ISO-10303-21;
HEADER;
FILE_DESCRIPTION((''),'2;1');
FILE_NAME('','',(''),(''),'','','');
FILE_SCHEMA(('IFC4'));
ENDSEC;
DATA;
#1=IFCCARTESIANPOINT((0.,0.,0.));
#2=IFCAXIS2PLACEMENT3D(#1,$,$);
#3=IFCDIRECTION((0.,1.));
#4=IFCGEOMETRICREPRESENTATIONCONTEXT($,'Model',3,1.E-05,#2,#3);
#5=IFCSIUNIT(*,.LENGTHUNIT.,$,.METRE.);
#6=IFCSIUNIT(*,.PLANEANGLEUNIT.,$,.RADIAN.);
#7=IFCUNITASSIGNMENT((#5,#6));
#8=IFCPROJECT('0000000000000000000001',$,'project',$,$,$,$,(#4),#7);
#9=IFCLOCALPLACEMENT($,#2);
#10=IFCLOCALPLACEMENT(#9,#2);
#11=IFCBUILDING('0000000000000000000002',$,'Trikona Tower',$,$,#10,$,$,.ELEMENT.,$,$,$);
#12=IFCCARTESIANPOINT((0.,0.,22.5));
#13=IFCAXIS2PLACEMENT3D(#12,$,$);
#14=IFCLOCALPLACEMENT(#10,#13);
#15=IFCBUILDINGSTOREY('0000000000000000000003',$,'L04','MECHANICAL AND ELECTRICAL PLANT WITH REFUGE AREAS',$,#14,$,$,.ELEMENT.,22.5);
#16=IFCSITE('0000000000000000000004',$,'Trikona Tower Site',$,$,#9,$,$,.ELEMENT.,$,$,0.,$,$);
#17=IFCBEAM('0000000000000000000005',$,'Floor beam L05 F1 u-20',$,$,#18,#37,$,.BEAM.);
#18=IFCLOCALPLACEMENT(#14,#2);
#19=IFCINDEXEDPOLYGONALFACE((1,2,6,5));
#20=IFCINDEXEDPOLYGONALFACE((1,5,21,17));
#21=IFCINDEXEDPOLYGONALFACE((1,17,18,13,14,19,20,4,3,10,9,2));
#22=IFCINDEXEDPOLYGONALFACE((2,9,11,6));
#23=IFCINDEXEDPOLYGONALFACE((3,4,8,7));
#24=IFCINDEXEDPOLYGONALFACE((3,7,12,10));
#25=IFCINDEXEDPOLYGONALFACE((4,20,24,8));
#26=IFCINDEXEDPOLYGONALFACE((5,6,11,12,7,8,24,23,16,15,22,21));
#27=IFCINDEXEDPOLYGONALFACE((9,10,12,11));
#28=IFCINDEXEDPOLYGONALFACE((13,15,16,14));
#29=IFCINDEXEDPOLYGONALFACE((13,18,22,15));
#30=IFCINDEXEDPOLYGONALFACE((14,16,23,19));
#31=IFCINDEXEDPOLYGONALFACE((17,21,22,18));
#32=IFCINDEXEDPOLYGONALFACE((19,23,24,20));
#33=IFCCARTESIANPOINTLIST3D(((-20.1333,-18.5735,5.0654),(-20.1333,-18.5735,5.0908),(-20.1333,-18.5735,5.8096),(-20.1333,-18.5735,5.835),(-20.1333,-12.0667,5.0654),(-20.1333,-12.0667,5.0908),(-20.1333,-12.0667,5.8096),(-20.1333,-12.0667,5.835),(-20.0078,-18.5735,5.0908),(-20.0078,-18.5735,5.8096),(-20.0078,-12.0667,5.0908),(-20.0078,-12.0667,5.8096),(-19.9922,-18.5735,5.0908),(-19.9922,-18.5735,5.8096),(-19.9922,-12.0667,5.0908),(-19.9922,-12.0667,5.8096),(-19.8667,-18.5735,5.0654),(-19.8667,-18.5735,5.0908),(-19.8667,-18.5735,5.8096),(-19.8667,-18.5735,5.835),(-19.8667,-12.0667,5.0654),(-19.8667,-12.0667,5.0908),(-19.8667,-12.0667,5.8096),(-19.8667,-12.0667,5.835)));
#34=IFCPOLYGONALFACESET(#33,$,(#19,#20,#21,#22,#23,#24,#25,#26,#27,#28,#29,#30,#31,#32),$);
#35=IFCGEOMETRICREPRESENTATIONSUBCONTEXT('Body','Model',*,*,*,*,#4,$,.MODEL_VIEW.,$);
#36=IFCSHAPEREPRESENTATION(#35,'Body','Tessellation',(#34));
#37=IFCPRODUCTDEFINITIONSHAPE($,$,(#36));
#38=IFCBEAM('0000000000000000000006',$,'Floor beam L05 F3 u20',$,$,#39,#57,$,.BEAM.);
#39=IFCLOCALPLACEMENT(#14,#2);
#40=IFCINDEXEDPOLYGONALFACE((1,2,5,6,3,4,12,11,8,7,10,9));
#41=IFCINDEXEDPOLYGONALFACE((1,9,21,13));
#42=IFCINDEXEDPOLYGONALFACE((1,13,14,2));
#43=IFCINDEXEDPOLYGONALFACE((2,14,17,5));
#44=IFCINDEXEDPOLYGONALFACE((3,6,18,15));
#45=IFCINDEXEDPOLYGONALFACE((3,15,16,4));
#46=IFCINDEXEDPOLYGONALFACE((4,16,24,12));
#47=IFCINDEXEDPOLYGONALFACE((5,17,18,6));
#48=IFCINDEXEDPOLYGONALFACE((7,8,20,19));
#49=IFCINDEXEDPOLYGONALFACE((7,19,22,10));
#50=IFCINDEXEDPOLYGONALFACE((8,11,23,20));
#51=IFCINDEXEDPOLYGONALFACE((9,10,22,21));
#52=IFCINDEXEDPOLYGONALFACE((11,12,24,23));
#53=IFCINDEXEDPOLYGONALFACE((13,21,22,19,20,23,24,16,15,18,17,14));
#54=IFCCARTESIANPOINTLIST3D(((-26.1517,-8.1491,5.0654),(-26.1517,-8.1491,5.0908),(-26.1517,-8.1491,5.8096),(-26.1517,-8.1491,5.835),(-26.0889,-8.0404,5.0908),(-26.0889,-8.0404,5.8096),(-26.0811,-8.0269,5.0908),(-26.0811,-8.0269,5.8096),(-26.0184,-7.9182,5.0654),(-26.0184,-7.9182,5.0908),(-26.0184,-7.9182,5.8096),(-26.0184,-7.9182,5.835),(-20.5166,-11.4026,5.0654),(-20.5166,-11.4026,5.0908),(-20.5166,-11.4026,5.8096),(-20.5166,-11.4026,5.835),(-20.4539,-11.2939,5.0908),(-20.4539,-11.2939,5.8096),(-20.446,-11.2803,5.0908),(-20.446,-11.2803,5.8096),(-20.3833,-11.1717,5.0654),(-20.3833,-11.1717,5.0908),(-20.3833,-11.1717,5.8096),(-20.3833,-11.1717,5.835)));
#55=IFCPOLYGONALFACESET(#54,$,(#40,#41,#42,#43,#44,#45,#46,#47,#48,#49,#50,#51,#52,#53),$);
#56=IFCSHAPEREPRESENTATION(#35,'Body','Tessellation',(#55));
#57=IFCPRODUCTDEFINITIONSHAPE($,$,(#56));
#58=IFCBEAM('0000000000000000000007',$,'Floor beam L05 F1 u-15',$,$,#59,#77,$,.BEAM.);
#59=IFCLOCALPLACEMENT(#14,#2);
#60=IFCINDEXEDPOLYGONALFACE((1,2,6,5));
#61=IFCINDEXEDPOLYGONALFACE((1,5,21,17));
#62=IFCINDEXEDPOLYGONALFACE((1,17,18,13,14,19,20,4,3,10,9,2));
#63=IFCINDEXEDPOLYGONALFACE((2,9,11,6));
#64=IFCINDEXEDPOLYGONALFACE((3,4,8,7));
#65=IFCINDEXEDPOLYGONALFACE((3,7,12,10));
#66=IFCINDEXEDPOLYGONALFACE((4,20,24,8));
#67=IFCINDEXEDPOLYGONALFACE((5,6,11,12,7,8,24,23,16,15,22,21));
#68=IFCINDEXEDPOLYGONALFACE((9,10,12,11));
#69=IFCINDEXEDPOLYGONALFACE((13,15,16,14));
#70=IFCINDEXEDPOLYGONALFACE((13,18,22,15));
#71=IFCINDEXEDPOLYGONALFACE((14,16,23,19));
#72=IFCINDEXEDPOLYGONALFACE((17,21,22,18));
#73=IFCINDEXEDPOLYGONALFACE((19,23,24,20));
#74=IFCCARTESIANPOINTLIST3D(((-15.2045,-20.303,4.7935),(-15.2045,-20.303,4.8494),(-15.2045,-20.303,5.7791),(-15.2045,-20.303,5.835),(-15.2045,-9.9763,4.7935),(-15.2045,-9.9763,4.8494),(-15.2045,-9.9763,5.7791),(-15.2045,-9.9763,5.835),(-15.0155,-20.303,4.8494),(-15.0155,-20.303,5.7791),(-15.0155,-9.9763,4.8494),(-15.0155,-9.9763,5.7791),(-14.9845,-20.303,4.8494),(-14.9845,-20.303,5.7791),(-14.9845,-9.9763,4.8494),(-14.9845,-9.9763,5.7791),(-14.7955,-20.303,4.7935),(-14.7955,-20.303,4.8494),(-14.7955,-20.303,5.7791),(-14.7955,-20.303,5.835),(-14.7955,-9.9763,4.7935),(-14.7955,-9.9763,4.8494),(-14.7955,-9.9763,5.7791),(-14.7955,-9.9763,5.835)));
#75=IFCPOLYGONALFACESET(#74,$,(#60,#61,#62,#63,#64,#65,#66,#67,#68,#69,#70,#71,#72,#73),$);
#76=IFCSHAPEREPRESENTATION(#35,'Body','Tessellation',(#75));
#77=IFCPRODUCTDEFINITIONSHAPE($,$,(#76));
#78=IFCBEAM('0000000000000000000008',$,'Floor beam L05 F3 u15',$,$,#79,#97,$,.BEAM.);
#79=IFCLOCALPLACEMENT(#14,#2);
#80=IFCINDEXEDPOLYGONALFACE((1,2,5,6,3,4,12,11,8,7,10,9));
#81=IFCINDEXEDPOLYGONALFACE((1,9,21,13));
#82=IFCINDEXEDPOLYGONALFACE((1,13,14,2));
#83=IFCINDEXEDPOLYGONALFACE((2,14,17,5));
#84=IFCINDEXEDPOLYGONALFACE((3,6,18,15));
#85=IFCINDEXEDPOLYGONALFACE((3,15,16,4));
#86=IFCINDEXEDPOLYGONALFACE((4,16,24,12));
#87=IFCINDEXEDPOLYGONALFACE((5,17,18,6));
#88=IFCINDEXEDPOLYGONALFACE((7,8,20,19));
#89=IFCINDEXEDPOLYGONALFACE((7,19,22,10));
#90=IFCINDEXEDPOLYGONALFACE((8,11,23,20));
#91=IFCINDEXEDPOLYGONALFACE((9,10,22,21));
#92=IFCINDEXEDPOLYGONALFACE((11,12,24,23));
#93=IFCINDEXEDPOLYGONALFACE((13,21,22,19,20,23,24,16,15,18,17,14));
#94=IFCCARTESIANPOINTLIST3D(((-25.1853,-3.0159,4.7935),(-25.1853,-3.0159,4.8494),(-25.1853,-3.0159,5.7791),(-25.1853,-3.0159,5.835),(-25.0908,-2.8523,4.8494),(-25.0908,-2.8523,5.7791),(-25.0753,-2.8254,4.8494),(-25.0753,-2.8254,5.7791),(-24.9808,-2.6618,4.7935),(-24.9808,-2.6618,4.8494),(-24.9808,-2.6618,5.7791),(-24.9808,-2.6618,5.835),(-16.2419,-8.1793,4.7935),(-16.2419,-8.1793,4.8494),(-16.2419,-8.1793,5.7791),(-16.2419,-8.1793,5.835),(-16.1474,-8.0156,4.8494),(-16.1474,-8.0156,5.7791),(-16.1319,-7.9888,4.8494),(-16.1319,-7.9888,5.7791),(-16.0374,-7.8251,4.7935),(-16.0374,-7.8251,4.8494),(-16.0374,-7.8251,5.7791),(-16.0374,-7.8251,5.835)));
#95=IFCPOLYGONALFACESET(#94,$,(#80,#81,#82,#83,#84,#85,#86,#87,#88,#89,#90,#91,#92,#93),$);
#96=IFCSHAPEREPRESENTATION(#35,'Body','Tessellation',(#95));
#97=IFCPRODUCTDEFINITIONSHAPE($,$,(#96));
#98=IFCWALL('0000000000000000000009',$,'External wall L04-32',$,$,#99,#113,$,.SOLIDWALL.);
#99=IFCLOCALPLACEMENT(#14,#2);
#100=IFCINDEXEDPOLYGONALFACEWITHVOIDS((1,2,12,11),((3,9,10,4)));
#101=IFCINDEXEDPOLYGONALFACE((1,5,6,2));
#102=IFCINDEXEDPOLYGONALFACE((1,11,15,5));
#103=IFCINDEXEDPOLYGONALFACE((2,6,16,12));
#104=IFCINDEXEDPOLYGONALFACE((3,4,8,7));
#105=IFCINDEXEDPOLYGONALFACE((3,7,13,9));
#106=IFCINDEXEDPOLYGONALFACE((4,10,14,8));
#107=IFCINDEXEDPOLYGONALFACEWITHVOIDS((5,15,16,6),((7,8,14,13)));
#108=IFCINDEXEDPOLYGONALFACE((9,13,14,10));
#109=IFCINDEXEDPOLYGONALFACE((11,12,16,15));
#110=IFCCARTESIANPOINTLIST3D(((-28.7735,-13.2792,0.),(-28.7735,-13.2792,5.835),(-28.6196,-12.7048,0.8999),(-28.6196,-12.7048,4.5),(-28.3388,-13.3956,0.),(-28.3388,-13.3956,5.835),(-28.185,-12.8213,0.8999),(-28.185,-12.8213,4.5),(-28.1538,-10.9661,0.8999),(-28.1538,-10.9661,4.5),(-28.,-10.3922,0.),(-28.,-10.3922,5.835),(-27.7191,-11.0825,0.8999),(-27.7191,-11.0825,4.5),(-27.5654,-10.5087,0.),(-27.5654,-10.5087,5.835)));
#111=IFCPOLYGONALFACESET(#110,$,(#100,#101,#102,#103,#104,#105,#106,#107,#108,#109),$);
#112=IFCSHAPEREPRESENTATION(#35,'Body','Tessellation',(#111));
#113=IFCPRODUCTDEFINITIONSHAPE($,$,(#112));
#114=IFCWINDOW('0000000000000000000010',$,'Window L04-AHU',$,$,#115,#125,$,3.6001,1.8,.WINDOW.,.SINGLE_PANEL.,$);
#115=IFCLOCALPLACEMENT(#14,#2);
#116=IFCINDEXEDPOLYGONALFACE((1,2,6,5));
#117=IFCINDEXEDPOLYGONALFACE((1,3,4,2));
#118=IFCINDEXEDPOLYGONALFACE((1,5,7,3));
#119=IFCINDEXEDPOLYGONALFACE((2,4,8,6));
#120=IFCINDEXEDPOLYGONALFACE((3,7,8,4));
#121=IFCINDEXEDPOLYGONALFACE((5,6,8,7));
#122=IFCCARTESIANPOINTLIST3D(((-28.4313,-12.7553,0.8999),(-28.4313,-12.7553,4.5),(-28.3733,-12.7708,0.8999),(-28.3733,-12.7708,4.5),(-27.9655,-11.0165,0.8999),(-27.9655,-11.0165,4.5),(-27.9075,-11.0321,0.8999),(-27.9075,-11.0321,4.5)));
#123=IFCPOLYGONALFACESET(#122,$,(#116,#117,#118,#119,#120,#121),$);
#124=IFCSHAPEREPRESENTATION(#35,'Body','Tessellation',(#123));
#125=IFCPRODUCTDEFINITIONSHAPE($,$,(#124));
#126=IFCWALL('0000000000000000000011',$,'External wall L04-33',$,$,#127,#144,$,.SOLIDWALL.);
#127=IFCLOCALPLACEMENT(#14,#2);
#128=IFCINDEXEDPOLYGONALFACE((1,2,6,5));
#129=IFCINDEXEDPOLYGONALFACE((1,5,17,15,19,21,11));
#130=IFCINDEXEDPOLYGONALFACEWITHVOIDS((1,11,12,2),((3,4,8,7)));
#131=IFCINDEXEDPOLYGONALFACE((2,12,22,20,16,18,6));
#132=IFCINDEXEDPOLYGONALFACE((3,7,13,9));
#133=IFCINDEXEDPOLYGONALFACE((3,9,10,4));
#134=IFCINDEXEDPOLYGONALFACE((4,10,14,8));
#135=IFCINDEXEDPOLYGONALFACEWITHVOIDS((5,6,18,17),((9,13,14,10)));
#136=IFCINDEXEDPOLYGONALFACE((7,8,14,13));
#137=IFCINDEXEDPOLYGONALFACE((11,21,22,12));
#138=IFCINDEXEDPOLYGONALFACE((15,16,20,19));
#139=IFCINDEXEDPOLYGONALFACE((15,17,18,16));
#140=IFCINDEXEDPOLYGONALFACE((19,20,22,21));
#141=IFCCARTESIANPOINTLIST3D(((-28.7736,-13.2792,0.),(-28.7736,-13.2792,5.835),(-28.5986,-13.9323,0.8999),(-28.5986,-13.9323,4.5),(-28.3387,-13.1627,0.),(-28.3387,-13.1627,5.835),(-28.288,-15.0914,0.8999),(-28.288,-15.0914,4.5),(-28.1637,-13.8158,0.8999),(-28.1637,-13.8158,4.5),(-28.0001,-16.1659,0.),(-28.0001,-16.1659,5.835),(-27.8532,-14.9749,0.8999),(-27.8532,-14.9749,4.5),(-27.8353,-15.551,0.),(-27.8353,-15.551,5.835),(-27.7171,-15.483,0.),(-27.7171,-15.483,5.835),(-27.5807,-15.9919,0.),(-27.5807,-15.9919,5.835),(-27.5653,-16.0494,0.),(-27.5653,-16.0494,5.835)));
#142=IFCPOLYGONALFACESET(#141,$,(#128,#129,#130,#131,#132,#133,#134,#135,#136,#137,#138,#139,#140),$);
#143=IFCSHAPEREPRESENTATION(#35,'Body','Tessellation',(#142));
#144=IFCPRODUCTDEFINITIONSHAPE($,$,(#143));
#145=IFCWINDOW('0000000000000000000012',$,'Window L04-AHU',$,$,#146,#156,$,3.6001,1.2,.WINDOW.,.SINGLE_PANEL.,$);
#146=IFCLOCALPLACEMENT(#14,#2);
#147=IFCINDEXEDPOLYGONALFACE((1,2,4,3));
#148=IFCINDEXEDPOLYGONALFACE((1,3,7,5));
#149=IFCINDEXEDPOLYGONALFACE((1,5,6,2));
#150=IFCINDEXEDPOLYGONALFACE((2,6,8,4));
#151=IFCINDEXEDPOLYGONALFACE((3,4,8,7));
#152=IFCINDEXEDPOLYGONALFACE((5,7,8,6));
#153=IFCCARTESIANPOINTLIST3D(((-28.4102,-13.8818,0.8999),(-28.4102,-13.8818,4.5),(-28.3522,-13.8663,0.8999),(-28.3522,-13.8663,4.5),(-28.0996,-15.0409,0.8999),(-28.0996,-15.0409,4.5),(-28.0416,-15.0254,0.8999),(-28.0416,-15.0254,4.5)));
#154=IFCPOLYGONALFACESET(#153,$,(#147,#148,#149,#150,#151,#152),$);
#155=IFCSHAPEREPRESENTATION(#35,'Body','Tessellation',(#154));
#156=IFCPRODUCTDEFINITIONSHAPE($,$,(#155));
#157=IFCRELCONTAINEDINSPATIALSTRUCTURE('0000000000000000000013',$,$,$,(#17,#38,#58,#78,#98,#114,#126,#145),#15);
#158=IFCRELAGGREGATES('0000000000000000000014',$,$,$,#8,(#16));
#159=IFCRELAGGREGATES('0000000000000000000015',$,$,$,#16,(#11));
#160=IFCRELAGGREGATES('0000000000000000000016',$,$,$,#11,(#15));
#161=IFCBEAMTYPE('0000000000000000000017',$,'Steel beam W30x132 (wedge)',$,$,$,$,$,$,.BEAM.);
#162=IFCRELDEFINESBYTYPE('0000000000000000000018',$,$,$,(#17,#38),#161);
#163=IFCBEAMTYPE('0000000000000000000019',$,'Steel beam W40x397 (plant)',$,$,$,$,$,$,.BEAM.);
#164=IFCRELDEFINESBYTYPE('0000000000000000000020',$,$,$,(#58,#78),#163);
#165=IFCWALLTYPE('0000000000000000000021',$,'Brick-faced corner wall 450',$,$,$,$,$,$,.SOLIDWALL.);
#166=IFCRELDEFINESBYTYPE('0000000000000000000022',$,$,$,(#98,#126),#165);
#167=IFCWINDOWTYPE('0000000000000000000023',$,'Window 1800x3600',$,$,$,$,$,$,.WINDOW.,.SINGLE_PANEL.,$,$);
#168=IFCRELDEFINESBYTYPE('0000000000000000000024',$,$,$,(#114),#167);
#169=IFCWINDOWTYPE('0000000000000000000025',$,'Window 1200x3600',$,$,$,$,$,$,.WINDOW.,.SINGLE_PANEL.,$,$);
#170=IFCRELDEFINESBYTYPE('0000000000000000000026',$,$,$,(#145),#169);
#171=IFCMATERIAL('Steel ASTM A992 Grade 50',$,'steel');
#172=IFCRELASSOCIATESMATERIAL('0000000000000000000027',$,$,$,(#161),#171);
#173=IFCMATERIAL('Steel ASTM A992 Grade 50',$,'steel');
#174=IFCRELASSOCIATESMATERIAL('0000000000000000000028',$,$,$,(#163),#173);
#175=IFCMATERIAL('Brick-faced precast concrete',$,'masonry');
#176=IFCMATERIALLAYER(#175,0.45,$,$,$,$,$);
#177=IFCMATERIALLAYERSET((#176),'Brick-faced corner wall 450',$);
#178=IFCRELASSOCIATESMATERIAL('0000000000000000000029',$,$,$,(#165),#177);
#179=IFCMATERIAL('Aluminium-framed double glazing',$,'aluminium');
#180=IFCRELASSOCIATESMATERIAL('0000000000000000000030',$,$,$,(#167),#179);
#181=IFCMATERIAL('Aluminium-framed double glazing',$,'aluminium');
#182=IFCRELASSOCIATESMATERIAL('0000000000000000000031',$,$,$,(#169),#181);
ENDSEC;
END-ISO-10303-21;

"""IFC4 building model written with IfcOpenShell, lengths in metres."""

from ifc_helpers import new_model, si_unit, direction, frame, frame_2d, origin, origin_2d, place, context, subcontext, project, spatial, polyline, rectangle, i_section, outline, extrude, material, layer, layer_set, material_profile, profile_set, type_object, element, fill, save


model = new_model("IFC4")

# Units and contexts
model_context = context("Model", 3, precision=1e-05, world=origin(), true_north=direction((0.0, 1.0)))
body_context = subcontext(model_context, "Body", "Model", "MODEL_VIEW")
ifc_project = project(units=[si_unit("LENGTHUNIT", "METRE"), si_unit("PLANEANGLEUNIT", "RADIAN")], contexts=[model_context])

# Site, building, storey
site_placement = place(None, origin())
site = spatial("IfcSite", under=ifc_project, at=site_placement, Name="Trikona Tower Site", CompositionType="ELEMENT", RefElevation=0.0)
building_placement = place(site_placement, origin())
building = spatial("IfcBuilding", under=site, at=building_placement, Name="Trikona Tower", CompositionType="ELEMENT")
storey_placement = place(building_placement, frame((0.0, 0.0, 22.5)))
storey = spatial("IfcBuildingStorey", under=building, at=storey_placement, Name="L04", Description="MECHANICAL AND ELECTRICAL PLANT WITH REFUGE AREAS", CompositionType="ELEMENT", Elevation=22.5)

# Beams
ifc_material_1 = material(Name="Steel ASTM A992 Grade 50", Category="steel")
ifc_material_profile_1 = material_profile(ifc_material_1, i_section(OverallWidth=0.2666, OverallDepth=0.7695, WebThickness=0.0156, FlangeThickness=0.0254, at=origin_2d()), Name="W30X132")
ifc_profile_set_1 = profile_set([ifc_material_profile_1], Name="Steel ASTM A992 Grade 50")
beam_type_1 = type_object("IfcBeamType", Name="Steel beam W30x132 (wedge)", PredefinedType="BEAM", material=ifc_profile_set_1)
for number, where, z_axis, x_axis, name in (
    (1, (-20.0, -12.0667, 5.4502), (0.0, -1.0, 0.0), (1.0, 0.0, 0.0), "Floor beam L05 F1 u-20"),
    (2, (-20.45, -11.2871, 5.4502), (-0.866023, 0.500005, 0.0), (-0.500005, -0.866023, 0.0), "Floor beam L05 F3 u20"),
):
    element("IfcBeam", number, at=place(storey_placement, frame(where, z_axis=z_axis, x_axis=x_axis)), inside=storey, type_object=beam_type_1, Name=name, PredefinedType="BEAM", context=body_context, shape_type="SweptSolid", body=[
        extrude(i_section(OverallWidth=0.2666, OverallDepth=0.7695, WebThickness=0.0156, FlangeThickness=0.0254, at=origin_2d()), origin(), (0.0, 0.0, 1.0), 6.5068),
    ])
ifc_material_2 = material(Name="Steel ASTM A992 Grade 50", Category="steel")
ifc_material_profile_2 = material_profile(ifc_material_2, i_section(OverallWidth=0.4089, OverallDepth=1.0415, WebThickness=0.031, FlangeThickness=0.0559, at=origin_2d()), Name="W40X397")
ifc_profile_set_2 = profile_set([ifc_material_profile_2], Name="Steel ASTM A992 Grade 50")
beam_type_2 = type_object("IfcBeamType", Name="Steel beam W40x397 (plant)", PredefinedType="BEAM", material=ifc_profile_set_2)
beam_1_placement = place(storey_placement, frame((-15.0, -9.9763, 5.3142), z_axis=(0.0, -1.0, 0.0), x_axis=(1.0, 0.0, 0.0)))
element("IfcBeam", 3, at=beam_1_placement, inside=storey, type_object=beam_type_2, Name="Floor beam L05 F1 u-15", PredefinedType="BEAM", context=body_context, shape_type="SweptSolid", body=[
    extrude(i_section(OverallWidth=0.4089, OverallDepth=1.0415, WebThickness=0.031, FlangeThickness=0.0559, at=origin_2d()), origin(), (0.0, 0.0, 1.0), 10.3267),
])
beam_2_placement = place(storey_placement, frame((-16.1396, -8.0022, 5.3142), z_axis=(-0.86603, 0.499991, 0.0), x_axis=(-0.499991, -0.86603, 0.0)))
element("IfcBeam", 4, at=beam_2_placement, inside=storey, type_object=beam_type_2, Name="Floor beam L05 F3 u15", PredefinedType="BEAM", context=body_context, shape_type="SweptSolid", body=[
    extrude(i_section(OverallWidth=0.4089, OverallDepth=1.0415, WebThickness=0.031, FlangeThickness=0.0559, at=origin_2d()), origin(), (0.0, 0.0, 1.0), 10.3269),
])

# Walls, openings, windows
ifc_material_3 = material(Name="Brick-faced precast concrete", Category="masonry")
ifc_layer_1 = layer(ifc_material_3, 0.45)
ifc_layer_set_1 = layer_set([ifc_layer_1], Name="Brick-faced corner wall 450")
wall_type_1 = type_object("IfcWallType", Name="Brick-faced corner wall 450", PredefinedType="SOLIDWALL", material=ifc_layer_set_1)
wall_1_placement = place(storey_placement, frame((-27.7827, -10.4504, 0.0), z_axis=(0.0, 0.0, 1.0), x_axis=(-0.258781, -0.965936, 0.0)))
wall_1 = element("IfcWall", 5, at=wall_1_placement, inside=storey, type_object=wall_type_1, Name="External wall L04-32", PredefinedType="SOLIDWALL", context=body_context, shape_type="SweptSolid", body=[
    extrude(rectangle(XDim=2.9888, YDim=0.45, at=frame_2d((1.4944, 0.0))), origin(), (0.0, 0.0, 1.0), 5.835),
])
opening_1_placement = place(wall_1_placement, frame((0.5942, 0.0, 0.8999)))
opening_1 = element("IfcOpeningElement", 6, at=opening_1_placement, cuts=wall_1, PredefinedType="OPENING", context=body_context, shape_type="SweptSolid", body=[
    extrude(rectangle(XDim=1.8, YDim=3.6001, at=frame_2d((0.8999, 1.8))), frame((0.0, 0.2349, 0.0), z_axis=(0.0, -1.0, 0.0), x_axis=(1.0, 0.0, 0.0)), (0.0, 0.0, 1.0), 0.47),
])
ifc_material_4 = material(Name="Aluminium-framed double glazing", Category="aluminium")
window_type_1 = type_object("IfcWindowType", Name="Window 1800x3600", PartitioningType="SINGLE_PANEL", PredefinedType="WINDOW", material=ifc_material_4)
window_1_placement = place(opening_1_placement, origin())
window_1 = element("IfcWindow", 7, at=window_1_placement, inside=storey, type_object=window_type_1, Name="Window L04-AHU", OverallHeight=3.6001, OverallWidth=1.8, PartitioningType="SINGLE_PANEL", PredefinedType="WINDOW", context=body_context, shape_type="SweptSolid", body=[
    extrude(rectangle(XDim=1.8, YDim=3.6001, at=frame_2d((0.8999, 1.8))), frame((0.0, 0.03, 0.0), z_axis=(0.0, -1.0, 0.0), x_axis=(1.0, 0.0, 0.0)), (0.0, 0.0, 1.0), 0.0601),
])
fill(opening_1, window_1)
wall_2_placement = place(storey_placement, frame((-28.5562, -13.2209, 0.0), z_axis=(0.0, 0.0, 1.0), x_axis=(0.258801, -0.965931, 0.0)))
wall_2 = element("IfcWall", 8, at=wall_2_placement, inside=storey, type_object=wall_type_1, Name="External wall L04-33", PredefinedType="SOLIDWALL", context=body_context, shape_type="SweptSolid", body=[
    extrude(outline(polyline([(2.9885, 0.2251), (2.929, 0.2251), (2.4373, 0.0933), (2.4021, 0.2251), (0.0, 0.2251), (0.0, -0.2251), (2.9885, -0.2251), (2.9885, 0.2251)])), origin(), (0.0, 0.0, 1.0), 5.835),
])
opening_2_placement = place(wall_2_placement, frame((0.676, 0.0, 0.8999)))
opening_2 = element("IfcOpeningElement", 9, at=opening_2_placement, cuts=wall_2, PredefinedType="OPENING", context=body_context, shape_type="SweptSolid", body=[
    extrude(rectangle(XDim=1.2, YDim=3.6001, at=frame_2d((0.6001, 1.8))), frame((0.0, 0.2349, 0.0), z_axis=(0.0, -1.0, 0.0), x_axis=(1.0, 0.0, 0.0)), (0.0, 0.0, 1.0), 0.47),
])
ifc_material_5 = material(Name="Aluminium-framed double glazing", Category="aluminium")
window_type_2 = type_object("IfcWindowType", Name="Window 1200x3600", PartitioningType="SINGLE_PANEL", PredefinedType="WINDOW", material=ifc_material_5)
window_2_placement = place(opening_2_placement, origin())
window_2 = element("IfcWindow", 10, at=window_2_placement, inside=storey, type_object=window_type_2, Name="Window L04-AHU", OverallHeight=3.6001, OverallWidth=1.2, PartitioningType="SINGLE_PANEL", PredefinedType="WINDOW", context=body_context, shape_type="SweptSolid", body=[
    extrude(rectangle(XDim=1.2, YDim=3.6001, at=frame_2d((0.6001, 1.8))), frame((0.0, 0.03, 0.0), z_axis=(0.0, -1.0, 0.0), x_axis=(1.0, 0.0, 0.0)), (0.0, 0.0, 1.0), 0.0601),
])
fill(opening_2, window_2)

save(model, "model.ifc")
